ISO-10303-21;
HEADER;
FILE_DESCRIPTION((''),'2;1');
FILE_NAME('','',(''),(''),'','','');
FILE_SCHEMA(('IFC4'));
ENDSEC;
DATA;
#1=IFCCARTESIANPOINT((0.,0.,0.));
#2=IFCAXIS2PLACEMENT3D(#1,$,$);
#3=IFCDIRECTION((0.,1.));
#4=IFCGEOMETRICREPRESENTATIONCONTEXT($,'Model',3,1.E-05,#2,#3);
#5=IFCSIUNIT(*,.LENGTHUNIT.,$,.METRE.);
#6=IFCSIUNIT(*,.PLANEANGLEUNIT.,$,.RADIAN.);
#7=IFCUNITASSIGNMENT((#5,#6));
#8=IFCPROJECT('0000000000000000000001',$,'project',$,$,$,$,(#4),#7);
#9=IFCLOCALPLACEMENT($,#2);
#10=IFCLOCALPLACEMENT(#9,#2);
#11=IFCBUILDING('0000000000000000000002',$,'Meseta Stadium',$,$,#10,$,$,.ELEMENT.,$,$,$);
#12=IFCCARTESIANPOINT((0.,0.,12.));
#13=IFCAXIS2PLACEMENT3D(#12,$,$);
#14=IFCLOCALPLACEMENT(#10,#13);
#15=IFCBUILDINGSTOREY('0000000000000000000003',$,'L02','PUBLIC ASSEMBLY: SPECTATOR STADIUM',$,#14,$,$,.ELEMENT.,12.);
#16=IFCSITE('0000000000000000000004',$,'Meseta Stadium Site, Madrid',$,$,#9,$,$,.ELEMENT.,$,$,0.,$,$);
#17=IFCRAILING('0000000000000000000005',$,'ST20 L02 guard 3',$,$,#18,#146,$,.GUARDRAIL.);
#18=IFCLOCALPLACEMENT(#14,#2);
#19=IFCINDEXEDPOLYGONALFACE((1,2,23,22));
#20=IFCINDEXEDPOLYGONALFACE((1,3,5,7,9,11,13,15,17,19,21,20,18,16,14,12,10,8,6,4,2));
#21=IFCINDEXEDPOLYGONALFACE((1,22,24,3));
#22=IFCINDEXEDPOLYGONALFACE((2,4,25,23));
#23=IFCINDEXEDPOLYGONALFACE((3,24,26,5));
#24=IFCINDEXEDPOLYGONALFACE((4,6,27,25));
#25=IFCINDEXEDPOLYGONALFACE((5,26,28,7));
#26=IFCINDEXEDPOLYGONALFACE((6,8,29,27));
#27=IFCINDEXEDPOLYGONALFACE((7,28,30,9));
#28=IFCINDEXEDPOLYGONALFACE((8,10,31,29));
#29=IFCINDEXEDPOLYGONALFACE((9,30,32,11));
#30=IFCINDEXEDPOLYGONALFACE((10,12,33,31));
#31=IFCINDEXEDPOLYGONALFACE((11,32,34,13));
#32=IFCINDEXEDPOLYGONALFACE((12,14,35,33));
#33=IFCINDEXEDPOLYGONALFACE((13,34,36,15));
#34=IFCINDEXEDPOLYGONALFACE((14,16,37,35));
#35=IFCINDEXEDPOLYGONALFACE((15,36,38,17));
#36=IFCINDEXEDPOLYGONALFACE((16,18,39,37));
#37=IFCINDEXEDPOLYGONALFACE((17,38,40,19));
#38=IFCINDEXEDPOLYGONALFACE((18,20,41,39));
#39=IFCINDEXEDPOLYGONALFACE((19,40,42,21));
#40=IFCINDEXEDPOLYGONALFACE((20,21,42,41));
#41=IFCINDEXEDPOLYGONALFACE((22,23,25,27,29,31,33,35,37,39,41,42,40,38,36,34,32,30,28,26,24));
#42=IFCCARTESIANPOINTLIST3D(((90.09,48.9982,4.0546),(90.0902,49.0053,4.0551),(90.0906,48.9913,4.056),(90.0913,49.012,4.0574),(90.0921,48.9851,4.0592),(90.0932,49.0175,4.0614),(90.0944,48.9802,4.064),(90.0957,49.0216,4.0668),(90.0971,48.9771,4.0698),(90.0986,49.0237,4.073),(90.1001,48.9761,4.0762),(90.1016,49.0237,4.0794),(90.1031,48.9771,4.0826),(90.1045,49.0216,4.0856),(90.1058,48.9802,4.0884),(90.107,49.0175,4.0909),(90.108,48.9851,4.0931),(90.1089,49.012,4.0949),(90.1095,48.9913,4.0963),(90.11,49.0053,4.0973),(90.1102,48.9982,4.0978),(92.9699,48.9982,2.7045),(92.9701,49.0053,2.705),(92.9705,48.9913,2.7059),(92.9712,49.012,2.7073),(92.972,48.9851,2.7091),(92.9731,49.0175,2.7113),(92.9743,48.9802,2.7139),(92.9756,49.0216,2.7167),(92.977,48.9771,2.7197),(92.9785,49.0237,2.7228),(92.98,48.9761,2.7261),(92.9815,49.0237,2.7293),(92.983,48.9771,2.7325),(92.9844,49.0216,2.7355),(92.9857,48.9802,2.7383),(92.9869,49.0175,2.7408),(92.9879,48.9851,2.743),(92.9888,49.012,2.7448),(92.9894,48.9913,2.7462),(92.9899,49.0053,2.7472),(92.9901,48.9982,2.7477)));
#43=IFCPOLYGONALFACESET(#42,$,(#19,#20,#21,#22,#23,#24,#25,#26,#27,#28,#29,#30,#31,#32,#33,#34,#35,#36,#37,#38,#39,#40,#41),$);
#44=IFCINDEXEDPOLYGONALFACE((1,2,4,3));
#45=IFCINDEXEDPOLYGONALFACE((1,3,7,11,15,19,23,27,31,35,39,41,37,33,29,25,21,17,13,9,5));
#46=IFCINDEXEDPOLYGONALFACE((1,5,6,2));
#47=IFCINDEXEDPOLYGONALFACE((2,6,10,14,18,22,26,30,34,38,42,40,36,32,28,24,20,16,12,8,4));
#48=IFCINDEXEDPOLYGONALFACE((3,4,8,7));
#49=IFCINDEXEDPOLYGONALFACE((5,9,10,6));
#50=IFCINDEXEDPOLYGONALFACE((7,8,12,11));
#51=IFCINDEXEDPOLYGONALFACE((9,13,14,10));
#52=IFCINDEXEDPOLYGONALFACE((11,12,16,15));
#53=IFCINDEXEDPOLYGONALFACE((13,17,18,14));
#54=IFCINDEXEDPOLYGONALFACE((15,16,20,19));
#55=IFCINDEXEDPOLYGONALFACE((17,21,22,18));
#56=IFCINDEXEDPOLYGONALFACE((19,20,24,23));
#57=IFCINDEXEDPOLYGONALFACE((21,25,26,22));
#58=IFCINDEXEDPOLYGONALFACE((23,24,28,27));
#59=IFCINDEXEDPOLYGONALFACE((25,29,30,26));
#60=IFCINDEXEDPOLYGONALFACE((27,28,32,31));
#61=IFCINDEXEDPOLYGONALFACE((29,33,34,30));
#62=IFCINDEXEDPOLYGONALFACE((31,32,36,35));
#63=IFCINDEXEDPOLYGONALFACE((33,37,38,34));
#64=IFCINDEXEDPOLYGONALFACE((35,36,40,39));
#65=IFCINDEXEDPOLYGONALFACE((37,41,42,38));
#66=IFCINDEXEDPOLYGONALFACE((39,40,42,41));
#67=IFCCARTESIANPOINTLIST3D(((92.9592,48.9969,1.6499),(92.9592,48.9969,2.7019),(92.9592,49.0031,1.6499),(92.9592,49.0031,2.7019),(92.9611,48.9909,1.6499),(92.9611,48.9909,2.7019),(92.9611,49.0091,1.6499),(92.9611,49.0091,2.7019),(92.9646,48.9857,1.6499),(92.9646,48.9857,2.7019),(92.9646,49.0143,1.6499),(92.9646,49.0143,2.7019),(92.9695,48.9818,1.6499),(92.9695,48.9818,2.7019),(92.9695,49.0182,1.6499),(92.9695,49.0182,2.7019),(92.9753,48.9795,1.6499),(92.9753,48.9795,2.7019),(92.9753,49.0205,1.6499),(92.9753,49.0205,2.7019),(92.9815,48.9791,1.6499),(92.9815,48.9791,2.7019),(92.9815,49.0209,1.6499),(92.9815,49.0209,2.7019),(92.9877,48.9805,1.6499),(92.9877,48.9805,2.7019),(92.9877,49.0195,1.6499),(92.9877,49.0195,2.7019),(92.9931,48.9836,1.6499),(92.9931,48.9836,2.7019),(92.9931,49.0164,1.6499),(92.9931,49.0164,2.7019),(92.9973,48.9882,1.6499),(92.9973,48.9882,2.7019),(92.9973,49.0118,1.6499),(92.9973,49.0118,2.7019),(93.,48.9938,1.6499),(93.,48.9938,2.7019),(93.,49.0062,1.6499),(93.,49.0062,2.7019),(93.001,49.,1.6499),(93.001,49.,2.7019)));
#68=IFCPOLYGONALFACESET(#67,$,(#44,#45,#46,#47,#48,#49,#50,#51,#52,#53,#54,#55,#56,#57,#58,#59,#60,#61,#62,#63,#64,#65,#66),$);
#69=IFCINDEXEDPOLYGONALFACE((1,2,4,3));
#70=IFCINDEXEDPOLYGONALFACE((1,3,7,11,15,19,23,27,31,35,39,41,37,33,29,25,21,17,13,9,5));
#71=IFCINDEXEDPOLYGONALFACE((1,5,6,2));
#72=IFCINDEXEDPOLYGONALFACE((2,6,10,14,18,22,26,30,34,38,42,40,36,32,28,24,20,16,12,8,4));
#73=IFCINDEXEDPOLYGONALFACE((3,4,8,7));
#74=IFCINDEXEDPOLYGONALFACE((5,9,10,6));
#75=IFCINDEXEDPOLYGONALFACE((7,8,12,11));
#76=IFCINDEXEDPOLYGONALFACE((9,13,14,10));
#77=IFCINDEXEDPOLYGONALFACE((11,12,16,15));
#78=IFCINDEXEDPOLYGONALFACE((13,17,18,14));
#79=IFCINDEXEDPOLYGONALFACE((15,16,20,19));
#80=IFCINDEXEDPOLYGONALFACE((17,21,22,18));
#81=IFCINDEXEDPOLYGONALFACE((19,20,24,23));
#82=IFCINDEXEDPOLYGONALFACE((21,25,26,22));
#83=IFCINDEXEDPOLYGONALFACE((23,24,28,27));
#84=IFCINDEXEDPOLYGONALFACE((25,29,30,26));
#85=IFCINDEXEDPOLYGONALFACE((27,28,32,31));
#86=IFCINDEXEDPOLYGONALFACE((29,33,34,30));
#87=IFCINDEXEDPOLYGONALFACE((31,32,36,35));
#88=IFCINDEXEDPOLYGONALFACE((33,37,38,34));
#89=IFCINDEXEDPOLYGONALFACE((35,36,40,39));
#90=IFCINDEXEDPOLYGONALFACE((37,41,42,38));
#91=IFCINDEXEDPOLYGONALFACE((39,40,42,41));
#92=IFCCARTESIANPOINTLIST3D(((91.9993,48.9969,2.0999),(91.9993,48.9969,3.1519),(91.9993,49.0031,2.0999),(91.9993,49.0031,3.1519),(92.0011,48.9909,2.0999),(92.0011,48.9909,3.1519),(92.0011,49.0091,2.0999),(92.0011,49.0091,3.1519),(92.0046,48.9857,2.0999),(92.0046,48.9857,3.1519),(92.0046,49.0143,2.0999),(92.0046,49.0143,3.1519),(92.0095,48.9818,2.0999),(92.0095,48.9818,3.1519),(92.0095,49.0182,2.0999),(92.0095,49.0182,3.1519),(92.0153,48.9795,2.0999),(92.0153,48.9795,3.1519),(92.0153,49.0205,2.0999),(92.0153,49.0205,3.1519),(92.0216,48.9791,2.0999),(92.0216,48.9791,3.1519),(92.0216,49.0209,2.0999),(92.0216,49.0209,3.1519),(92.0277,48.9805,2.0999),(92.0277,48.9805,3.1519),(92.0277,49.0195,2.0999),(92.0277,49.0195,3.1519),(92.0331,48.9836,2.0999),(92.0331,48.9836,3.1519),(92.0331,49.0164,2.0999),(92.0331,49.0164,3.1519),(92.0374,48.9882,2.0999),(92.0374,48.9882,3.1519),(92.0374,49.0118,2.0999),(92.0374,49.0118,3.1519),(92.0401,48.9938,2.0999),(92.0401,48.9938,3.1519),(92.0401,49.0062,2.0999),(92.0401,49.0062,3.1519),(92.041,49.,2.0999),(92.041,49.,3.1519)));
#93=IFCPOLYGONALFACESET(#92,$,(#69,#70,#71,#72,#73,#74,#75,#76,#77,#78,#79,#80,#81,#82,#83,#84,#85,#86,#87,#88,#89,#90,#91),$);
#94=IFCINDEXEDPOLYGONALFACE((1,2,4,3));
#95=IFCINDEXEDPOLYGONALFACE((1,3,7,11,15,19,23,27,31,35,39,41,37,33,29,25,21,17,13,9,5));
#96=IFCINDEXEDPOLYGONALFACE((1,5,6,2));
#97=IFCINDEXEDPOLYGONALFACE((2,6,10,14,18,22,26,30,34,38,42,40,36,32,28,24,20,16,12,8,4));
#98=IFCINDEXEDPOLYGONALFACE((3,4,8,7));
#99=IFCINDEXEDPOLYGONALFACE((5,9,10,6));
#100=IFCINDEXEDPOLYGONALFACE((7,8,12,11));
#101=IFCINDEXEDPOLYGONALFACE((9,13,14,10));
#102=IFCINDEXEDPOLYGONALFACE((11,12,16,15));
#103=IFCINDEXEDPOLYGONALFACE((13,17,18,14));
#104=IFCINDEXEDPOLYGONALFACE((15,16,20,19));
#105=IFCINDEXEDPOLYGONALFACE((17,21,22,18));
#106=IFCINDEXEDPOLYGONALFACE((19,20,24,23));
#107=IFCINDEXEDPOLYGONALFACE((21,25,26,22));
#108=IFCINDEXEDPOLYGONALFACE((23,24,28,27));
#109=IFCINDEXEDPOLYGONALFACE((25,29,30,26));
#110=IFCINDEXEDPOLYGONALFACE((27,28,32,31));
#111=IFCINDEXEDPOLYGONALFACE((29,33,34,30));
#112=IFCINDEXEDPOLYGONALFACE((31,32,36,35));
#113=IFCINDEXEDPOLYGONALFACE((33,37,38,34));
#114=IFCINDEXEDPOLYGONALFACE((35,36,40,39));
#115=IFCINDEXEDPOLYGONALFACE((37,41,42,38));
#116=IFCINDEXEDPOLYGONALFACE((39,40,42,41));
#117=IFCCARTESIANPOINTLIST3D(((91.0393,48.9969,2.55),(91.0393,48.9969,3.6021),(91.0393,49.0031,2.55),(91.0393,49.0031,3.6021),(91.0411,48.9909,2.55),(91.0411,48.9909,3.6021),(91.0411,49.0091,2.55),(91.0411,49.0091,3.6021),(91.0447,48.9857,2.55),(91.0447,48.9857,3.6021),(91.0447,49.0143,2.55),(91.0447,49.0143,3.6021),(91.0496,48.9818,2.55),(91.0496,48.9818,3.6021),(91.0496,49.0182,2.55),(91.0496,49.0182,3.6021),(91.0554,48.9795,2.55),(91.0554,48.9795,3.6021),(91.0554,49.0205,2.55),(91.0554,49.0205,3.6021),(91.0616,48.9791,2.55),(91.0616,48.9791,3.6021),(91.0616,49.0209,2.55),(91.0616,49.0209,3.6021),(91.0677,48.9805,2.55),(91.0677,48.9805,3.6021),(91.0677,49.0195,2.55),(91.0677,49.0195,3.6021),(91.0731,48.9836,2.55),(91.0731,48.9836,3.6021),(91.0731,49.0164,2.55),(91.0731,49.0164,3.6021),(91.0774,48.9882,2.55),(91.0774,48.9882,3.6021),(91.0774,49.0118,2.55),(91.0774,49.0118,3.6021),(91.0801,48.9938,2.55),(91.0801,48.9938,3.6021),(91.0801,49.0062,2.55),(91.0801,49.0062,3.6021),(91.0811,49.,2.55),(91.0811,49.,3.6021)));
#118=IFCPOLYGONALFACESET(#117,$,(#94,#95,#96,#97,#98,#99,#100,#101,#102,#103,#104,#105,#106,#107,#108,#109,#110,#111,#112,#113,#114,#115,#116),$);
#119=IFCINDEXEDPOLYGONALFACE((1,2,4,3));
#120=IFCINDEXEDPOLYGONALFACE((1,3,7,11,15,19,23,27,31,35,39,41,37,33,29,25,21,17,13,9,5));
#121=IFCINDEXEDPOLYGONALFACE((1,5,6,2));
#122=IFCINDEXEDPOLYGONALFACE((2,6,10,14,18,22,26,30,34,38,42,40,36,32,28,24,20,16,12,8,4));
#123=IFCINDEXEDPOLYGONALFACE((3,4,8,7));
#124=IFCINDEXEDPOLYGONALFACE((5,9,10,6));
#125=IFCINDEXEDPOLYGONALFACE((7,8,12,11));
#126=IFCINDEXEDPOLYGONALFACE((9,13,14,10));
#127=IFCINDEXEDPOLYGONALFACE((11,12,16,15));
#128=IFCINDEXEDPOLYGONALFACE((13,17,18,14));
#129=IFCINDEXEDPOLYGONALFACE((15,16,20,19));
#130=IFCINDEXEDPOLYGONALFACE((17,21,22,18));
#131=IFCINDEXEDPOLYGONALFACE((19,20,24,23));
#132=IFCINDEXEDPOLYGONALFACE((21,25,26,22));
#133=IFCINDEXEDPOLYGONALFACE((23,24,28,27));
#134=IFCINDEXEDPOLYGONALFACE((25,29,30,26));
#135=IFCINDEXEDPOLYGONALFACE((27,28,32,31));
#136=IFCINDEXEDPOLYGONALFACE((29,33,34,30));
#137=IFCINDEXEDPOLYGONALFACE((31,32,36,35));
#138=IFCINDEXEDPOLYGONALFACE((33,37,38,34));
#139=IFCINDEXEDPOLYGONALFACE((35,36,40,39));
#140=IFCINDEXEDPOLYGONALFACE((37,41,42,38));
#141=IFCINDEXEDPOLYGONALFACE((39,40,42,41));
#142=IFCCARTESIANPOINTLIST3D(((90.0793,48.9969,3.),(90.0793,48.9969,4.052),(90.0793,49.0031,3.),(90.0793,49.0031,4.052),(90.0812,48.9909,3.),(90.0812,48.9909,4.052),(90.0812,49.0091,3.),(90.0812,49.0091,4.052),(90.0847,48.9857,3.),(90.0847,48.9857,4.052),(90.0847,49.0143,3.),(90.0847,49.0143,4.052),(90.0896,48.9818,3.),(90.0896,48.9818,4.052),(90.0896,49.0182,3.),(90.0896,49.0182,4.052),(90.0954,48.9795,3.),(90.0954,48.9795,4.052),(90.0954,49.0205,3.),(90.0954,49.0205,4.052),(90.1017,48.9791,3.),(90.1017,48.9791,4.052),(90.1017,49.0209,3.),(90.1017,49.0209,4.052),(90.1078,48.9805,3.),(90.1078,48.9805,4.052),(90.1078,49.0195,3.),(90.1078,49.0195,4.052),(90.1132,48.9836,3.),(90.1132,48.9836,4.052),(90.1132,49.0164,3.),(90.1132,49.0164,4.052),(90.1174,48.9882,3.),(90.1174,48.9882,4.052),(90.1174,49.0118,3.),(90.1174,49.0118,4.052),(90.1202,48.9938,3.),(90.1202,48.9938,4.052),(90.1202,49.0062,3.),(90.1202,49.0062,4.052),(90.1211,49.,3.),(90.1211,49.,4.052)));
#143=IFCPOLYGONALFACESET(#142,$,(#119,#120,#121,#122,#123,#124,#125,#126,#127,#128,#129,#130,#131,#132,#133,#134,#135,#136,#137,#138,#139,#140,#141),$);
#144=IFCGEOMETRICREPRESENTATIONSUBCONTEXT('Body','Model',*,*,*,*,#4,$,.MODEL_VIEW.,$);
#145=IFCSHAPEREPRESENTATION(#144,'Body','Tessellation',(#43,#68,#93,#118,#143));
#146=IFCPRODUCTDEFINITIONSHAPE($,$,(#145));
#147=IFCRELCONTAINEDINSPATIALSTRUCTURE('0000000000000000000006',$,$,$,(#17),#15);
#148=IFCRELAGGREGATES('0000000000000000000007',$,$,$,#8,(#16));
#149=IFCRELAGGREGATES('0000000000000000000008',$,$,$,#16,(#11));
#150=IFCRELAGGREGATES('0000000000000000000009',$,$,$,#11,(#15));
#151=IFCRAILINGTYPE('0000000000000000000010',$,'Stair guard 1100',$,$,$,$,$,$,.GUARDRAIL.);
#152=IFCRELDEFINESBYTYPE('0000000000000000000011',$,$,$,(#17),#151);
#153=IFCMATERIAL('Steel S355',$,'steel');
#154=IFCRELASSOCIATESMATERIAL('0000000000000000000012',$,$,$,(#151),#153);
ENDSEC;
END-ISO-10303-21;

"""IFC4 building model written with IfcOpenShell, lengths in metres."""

from ifc_helpers import new_model, si_unit, direction, frame, origin, origin_2d, place, context, subcontext, project, spatial, circle, extrude, material, type_object, element, save


model = new_model("IFC4")

# Units and contexts
model_context = context("Model", 3, precision=1e-05, world=origin(), true_north=direction((0.0, 1.0)))
body_context = subcontext(model_context, "Body", "Model", "MODEL_VIEW")
ifc_project = project(units=[si_unit("LENGTHUNIT", "METRE"), si_unit("PLANEANGLEUNIT", "RADIAN")], contexts=[model_context])

# Site, building, storey
site_placement = place(None, origin())
site = spatial("IfcSite", under=ifc_project, at=site_placement, Name="Meseta Stadium Site, Madrid", CompositionType="ELEMENT", RefElevation=0.0)
building_placement = place(site_placement, origin())
building = spatial("IfcBuilding", under=site, at=building_placement, Name="Meseta Stadium", CompositionType="ELEMENT")
storey_placement = place(building_placement, frame((0.0, 0.0, 12.0)))
storey = spatial("IfcBuildingStorey", under=building, at=storey_placement, Name="L02", Description="PUBLIC ASSEMBLY: SPECTATOR STADIUM", CompositionType="ELEMENT", Elevation=12.0)

# Railing
ifc_material_1 = material(Name="Steel S355", Category="steel")
railing_type_1 = type_object("IfcRailingType", Name="Stair guard 1100", PredefinedType="GUARDRAIL", material=ifc_material_1)
railing_1_placement = place(storey_placement, frame((92.98, 49.0, 1.6499)))
element("IfcRailing", 1, at=railing_1_placement, inside=storey, type_object=railing_type_1, Name="ST20 L02 guard 3", PredefinedType="GUARDRAIL", context=body_context, shape_type="SweptSolid", body=[
    extrude(circle(Radius=0.0239, at=origin_2d()), frame((0.0, 0.0, 1.0762), z_axis=(-0.90544, 0.0, 0.424473), x_axis=(0.0, -1.0, 0.0)), (0.0, 0.0, 1.0), 3.1807),
    extrude(circle(Radius=0.021, at=origin_2d()), origin(), (0.0, 0.0, 1.0), 1.052),
    extrude(circle(Radius=0.021, at=origin_2d()), frame((-0.96, 0.0, 0.45)), (0.0, 0.0, 1.0), 1.052),
    extrude(circle(Radius=0.021, at=origin_2d()), frame((-1.9199, 0.0, 0.9001)), (0.0, 0.0, 1.0), 1.052),
    extrude(circle(Radius=0.021, at=origin_2d()), frame((-2.8799, 0.0, 1.3501)), (0.0, 0.0, 1.0), 1.052),
])

save(model, "model.ifc")
